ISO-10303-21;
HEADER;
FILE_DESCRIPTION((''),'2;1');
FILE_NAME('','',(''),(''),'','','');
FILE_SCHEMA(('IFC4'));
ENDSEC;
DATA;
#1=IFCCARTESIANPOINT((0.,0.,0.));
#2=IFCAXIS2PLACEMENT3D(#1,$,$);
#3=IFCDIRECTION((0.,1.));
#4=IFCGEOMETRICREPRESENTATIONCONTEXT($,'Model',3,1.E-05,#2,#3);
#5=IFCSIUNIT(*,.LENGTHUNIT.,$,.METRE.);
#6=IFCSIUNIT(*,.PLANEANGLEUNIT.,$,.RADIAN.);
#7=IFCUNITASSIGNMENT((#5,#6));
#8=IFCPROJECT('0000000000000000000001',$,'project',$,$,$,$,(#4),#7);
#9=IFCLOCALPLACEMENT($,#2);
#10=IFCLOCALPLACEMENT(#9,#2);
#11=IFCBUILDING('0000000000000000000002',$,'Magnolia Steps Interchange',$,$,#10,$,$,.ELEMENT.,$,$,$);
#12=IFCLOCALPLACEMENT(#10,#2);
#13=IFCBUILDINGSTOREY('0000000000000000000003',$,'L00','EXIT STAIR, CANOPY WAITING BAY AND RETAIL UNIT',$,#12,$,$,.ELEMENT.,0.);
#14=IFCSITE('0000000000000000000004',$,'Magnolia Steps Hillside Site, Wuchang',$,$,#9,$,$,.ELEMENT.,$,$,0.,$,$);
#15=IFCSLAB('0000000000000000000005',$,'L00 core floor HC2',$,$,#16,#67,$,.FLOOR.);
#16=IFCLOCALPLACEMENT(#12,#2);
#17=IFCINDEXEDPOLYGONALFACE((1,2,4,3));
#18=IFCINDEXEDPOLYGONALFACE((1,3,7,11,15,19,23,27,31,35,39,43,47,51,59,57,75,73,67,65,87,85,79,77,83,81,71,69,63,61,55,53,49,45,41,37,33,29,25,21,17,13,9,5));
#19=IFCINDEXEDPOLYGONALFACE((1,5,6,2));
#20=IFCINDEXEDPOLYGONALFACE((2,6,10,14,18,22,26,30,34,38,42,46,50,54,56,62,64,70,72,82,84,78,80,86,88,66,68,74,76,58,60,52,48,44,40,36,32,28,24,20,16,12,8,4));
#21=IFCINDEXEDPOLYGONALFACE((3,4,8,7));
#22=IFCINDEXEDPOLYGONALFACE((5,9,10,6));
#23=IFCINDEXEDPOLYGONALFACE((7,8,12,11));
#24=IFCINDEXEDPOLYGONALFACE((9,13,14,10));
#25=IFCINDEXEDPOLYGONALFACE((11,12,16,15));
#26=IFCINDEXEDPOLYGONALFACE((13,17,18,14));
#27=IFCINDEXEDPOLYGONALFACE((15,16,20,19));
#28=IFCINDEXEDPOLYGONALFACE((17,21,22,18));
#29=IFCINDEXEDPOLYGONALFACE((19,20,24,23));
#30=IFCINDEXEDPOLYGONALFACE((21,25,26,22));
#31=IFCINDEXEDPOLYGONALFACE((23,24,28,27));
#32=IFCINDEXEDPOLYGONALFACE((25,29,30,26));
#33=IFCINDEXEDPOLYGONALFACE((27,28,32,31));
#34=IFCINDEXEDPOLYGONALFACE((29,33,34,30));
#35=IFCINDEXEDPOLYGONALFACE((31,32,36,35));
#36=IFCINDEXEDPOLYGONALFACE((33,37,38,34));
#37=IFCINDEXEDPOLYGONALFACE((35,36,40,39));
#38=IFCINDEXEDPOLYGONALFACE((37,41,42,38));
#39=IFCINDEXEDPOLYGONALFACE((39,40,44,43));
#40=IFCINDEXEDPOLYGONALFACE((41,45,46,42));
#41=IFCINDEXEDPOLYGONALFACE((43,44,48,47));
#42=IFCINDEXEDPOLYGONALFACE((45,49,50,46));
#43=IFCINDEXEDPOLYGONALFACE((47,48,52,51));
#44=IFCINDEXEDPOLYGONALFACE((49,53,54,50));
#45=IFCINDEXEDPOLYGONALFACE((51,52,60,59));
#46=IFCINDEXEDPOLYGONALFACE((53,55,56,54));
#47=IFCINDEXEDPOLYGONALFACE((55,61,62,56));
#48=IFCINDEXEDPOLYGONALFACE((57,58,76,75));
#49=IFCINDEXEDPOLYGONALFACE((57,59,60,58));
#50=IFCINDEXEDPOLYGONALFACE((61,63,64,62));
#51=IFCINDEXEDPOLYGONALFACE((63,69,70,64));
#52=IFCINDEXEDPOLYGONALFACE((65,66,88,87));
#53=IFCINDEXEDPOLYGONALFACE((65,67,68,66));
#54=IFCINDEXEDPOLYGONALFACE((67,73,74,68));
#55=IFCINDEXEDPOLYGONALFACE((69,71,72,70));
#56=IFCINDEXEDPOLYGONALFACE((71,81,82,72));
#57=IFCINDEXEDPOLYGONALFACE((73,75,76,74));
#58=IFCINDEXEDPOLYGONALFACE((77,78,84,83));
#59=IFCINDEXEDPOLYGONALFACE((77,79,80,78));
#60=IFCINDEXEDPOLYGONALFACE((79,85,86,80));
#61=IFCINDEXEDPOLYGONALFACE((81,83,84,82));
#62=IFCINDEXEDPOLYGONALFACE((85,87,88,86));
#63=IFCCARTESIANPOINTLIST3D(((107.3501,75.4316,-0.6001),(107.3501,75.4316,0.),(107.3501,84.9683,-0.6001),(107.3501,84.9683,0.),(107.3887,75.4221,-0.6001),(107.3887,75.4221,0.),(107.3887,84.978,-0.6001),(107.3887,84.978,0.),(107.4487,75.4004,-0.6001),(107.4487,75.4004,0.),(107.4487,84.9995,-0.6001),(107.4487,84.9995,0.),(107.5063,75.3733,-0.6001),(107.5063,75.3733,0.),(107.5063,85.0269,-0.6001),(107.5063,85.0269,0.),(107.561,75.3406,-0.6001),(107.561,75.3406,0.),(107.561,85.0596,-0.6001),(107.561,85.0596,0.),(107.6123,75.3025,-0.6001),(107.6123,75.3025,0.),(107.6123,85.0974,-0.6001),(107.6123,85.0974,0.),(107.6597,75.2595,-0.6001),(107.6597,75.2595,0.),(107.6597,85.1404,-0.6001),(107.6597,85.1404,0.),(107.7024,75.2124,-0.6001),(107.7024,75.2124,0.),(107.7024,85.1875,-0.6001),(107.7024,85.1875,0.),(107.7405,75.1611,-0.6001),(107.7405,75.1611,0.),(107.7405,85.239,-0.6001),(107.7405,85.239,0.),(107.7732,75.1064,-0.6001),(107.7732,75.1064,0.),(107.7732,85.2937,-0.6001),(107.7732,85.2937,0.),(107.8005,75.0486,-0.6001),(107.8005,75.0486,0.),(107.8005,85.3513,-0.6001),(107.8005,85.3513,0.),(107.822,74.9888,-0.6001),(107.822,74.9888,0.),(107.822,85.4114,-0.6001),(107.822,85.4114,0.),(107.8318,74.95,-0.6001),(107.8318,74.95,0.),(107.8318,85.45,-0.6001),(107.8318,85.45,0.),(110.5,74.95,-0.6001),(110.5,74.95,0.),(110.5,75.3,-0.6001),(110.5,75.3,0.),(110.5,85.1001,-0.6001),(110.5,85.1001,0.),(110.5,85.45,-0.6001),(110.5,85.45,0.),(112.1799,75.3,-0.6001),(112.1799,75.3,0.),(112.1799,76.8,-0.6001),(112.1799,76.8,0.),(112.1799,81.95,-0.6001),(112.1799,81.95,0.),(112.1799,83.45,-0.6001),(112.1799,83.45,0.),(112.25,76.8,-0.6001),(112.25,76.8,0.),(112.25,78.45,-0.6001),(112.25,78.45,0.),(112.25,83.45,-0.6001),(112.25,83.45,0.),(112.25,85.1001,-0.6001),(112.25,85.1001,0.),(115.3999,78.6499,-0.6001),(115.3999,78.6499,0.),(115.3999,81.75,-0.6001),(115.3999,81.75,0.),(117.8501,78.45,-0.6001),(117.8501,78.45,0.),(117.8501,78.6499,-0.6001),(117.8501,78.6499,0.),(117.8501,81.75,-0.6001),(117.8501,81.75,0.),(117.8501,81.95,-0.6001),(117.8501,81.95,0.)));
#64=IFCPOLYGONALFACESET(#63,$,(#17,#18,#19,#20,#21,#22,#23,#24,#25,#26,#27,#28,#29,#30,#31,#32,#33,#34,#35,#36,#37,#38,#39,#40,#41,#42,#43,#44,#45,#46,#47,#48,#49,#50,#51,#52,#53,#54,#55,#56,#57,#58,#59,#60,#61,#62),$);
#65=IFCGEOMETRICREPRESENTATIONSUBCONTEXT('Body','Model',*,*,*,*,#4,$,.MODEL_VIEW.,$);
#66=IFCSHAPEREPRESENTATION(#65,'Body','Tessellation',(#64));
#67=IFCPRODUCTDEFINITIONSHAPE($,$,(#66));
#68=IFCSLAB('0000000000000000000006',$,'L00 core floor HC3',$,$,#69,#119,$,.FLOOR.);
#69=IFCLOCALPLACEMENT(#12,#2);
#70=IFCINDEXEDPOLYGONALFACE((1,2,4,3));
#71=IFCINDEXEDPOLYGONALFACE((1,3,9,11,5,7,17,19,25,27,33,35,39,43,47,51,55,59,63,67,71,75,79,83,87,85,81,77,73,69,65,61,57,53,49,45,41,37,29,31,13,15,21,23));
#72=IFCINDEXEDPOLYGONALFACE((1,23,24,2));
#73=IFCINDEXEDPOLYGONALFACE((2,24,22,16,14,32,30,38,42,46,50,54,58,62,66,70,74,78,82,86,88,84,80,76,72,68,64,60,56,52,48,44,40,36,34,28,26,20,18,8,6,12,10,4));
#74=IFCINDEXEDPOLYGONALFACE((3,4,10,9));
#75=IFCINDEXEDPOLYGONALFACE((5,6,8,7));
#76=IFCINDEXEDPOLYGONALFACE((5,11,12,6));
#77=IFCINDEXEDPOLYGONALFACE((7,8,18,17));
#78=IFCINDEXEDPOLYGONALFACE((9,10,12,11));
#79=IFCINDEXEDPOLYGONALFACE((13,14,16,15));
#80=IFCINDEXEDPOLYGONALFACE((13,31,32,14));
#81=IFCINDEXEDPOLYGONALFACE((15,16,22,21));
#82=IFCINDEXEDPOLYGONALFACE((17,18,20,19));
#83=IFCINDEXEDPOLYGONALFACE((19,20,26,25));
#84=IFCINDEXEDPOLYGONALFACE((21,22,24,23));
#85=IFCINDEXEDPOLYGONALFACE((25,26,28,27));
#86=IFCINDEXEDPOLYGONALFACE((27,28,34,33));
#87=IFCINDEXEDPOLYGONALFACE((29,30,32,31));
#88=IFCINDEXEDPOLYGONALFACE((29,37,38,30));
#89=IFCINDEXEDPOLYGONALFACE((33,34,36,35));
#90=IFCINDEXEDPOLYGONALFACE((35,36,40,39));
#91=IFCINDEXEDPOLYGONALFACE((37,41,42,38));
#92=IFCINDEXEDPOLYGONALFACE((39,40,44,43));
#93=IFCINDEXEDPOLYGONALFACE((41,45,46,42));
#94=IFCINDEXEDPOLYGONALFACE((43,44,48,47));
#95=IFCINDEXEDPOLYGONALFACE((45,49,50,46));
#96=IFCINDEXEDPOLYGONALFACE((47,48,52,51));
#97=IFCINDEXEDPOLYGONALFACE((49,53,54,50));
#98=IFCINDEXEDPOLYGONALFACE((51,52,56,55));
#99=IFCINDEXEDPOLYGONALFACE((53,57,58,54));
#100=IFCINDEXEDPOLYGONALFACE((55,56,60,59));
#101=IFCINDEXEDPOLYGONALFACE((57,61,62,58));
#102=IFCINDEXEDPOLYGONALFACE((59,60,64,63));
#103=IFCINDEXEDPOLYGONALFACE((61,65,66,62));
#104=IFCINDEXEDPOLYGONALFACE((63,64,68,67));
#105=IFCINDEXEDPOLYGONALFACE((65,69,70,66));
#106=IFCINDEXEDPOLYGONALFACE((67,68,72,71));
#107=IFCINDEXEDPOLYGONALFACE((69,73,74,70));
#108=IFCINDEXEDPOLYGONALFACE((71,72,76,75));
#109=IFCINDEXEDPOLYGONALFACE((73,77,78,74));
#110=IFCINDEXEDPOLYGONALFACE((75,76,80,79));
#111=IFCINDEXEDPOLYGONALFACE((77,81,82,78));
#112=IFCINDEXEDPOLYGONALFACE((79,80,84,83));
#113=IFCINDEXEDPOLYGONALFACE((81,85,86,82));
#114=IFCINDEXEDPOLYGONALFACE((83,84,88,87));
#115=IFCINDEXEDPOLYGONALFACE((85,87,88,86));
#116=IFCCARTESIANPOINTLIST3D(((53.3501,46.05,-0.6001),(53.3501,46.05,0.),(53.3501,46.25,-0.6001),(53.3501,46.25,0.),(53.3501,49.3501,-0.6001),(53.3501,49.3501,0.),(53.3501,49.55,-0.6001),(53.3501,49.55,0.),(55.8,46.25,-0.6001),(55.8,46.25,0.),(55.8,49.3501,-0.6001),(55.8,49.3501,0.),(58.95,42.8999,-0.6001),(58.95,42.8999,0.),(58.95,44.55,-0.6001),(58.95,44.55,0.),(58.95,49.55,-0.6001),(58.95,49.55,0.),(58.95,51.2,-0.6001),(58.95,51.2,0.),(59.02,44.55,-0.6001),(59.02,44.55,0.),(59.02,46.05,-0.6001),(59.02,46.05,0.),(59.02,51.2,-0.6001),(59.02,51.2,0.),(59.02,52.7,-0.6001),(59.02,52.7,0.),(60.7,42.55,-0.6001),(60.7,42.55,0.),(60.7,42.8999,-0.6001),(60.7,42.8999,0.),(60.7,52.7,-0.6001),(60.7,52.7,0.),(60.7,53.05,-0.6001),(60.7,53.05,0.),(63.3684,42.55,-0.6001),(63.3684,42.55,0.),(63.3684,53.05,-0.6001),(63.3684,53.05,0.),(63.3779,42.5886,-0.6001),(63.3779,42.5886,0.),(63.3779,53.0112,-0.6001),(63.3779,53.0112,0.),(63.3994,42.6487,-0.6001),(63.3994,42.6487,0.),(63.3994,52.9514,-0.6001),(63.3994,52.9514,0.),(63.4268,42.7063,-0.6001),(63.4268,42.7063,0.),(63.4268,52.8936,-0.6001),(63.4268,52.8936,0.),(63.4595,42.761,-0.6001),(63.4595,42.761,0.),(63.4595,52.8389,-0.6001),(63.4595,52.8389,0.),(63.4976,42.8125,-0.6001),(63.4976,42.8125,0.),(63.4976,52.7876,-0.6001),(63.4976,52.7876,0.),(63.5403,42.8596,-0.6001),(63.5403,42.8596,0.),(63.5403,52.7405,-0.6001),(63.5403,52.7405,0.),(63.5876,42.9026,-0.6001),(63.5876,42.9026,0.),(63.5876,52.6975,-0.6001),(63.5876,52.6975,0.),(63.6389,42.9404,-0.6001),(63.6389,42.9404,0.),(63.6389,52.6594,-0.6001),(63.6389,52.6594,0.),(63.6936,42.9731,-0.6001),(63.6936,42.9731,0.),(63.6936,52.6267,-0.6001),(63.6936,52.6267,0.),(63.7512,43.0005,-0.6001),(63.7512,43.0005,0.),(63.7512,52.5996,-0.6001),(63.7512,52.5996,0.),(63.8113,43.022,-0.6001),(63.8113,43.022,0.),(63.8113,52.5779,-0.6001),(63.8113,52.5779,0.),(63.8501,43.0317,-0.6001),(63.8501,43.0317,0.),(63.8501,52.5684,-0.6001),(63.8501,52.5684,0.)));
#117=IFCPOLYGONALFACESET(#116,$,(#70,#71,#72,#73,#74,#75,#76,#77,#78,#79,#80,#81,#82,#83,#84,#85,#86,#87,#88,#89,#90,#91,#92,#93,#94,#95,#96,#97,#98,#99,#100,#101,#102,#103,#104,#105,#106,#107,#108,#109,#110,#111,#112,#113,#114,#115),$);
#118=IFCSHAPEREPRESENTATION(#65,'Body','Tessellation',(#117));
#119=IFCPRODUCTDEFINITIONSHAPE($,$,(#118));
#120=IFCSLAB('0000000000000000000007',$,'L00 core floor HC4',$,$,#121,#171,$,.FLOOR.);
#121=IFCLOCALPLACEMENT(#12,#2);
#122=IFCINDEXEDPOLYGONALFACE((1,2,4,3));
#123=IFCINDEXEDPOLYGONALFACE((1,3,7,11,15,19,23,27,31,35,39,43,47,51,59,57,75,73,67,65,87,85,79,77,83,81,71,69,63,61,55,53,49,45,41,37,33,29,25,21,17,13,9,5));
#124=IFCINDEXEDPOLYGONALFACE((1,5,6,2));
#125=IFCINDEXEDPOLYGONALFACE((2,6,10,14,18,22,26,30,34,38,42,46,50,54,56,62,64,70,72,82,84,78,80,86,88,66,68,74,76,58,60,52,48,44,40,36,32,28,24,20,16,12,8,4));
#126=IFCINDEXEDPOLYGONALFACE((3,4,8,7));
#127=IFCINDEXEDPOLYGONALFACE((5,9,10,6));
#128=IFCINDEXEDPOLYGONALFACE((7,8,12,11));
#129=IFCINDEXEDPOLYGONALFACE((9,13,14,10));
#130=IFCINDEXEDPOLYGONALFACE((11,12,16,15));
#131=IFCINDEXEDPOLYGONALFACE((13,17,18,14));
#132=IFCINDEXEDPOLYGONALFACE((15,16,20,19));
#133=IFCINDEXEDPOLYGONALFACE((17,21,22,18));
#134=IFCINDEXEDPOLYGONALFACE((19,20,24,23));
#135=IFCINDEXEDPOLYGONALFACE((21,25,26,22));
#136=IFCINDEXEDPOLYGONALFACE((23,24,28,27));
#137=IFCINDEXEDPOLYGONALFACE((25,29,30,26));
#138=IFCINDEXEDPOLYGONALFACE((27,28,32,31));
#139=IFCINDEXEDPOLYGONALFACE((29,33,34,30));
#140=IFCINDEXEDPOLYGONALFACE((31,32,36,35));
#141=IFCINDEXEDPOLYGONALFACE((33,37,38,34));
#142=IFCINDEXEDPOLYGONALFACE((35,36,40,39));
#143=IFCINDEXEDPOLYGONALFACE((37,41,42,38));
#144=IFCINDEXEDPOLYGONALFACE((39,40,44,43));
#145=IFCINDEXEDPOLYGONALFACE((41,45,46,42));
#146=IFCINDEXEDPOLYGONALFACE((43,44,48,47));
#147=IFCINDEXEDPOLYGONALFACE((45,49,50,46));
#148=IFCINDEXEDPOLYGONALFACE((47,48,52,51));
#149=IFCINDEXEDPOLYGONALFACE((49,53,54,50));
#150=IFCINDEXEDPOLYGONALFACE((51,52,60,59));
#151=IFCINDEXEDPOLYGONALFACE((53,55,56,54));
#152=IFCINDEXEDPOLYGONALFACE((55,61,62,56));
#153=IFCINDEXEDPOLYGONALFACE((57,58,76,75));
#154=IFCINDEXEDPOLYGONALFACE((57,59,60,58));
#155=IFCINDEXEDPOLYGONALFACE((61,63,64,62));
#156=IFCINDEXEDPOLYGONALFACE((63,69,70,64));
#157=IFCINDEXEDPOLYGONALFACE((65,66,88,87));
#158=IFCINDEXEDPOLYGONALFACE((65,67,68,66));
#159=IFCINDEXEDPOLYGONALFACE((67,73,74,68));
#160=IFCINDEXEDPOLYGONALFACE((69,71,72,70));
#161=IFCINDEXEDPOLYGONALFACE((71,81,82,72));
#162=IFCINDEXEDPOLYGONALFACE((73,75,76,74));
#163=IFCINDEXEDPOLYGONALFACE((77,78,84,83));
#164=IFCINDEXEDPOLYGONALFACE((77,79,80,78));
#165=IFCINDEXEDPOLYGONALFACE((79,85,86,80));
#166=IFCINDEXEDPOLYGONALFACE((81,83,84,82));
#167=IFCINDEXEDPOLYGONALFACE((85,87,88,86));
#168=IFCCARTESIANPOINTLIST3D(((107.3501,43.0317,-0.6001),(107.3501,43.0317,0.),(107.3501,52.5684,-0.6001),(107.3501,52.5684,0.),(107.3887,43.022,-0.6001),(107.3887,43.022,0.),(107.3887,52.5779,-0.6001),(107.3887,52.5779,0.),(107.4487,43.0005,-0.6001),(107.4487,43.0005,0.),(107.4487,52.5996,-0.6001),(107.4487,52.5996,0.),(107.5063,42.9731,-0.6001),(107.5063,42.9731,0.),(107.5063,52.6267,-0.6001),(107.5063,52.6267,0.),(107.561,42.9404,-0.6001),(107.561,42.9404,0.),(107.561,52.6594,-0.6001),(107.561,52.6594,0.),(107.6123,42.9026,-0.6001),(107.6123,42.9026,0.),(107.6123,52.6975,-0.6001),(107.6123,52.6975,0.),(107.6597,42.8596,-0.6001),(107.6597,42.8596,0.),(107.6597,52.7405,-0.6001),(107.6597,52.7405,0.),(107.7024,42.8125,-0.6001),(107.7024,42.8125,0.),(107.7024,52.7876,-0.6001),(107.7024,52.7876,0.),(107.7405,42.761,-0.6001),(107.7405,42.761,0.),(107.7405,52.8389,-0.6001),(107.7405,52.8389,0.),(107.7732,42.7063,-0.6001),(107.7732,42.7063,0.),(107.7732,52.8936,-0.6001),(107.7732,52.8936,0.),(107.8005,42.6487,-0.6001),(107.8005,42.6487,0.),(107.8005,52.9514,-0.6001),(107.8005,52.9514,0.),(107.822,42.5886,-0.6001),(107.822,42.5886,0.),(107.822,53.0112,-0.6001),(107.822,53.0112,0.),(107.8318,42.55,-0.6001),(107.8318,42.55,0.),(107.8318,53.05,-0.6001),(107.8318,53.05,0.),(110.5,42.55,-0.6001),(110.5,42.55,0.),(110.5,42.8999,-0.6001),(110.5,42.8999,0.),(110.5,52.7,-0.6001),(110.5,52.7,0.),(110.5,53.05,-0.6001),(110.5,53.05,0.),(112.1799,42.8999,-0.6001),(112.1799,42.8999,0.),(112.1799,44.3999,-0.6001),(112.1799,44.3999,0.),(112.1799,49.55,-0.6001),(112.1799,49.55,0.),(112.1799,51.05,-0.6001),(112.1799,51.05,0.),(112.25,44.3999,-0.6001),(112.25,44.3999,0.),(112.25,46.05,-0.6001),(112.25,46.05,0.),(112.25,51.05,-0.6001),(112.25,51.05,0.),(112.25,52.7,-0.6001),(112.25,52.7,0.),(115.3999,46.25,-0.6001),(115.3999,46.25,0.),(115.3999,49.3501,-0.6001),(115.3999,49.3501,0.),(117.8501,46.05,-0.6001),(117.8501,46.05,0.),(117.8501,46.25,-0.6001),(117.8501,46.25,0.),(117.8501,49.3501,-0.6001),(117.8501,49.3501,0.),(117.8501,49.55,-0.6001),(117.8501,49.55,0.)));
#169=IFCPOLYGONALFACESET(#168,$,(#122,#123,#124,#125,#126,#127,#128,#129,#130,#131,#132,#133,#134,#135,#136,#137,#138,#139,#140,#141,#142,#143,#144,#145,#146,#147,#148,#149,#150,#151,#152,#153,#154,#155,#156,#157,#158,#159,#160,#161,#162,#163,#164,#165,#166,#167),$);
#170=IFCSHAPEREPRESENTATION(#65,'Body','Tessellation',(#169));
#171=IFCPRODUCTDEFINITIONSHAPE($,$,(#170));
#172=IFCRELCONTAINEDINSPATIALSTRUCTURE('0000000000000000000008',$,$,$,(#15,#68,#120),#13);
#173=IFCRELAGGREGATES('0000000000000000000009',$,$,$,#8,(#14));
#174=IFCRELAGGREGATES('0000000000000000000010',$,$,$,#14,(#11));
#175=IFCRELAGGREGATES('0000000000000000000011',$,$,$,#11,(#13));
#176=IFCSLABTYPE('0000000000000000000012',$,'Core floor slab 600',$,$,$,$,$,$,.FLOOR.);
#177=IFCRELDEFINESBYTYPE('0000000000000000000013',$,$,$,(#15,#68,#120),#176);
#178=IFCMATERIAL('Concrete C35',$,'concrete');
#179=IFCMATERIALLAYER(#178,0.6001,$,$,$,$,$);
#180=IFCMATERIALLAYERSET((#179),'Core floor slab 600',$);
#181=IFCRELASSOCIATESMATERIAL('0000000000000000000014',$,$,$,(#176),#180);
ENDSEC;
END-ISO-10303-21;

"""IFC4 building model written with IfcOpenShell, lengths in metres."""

from ifc_helpers import new_model, si_unit, direction, frame, origin, place, context, subcontext, project, spatial, polyline, outline, extrude, material, layer, layer_set, type_object, element, save


model = new_model("IFC4")

# Units and contexts
model_context = context("Model", 3, precision=1e-05, world=origin(), true_north=direction((0.0, 1.0)))
body_context = subcontext(model_context, "Body", "Model", "MODEL_VIEW")
ifc_project = project(units=[si_unit("LENGTHUNIT", "METRE"), si_unit("PLANEANGLEUNIT", "RADIAN")], contexts=[model_context])

# Site, building, storey
site_placement = place(None, origin())
site = spatial("IfcSite", under=ifc_project, at=site_placement, Name="Magnolia Steps Hillside Site, Wuchang", CompositionType="ELEMENT", RefElevation=0.0)
building_placement = place(site_placement, origin())
building = spatial("IfcBuilding", under=site, at=building_placement, Name="Magnolia Steps Interchange", CompositionType="ELEMENT")
storey_placement = place(building_placement, origin())
storey = spatial("IfcBuildingStorey", under=building, at=storey_placement, Name="L00", Description="EXIT STAIR, CANOPY WAITING BAY AND RETAIL UNIT", CompositionType="ELEMENT", Elevation=0.0)

# Slabs
ifc_material_1 = material(Name="Concrete C35", Category="concrete")
ifc_layer_1 = layer(ifc_material_1, 0.6001)
ifc_layer_set_1 = layer_set([ifc_layer_1], Name="Core floor slab 600")
slab_type_1 = type_object("IfcSlabType", Name="Core floor slab 600", PredefinedType="FLOOR", material=ifc_layer_set_1)
slab_1_placement = place(storey_placement, frame((0.0, 0.0, -0.6001)))
element("IfcSlab", 1, at=slab_1_placement, inside=storey, type_object=slab_type_1, Name="L00 core floor HC2", PredefinedType="FLOOR", context=body_context, shape_type="SweptSolid", body=[
    extrude(outline(polyline([(107.3501, 84.9683), (107.3887, 84.978), (107.4487, 84.9995), (107.5063, 85.0269), (107.561, 85.0596), (107.6123, 85.0974), (107.6597, 85.1404), (107.7024, 85.1875), (107.7405, 85.239), (107.7732, 85.2937), (107.8005, 85.3513), (107.822, 85.4114), (107.8318, 85.45), (110.5, 85.45), (110.5, 85.1001), (112.25, 85.1001), (112.25, 83.45), (112.1799, 83.45), (112.1799, 81.95), (117.8501, 81.95), (117.8501, 81.75), (115.3999, 81.75), (115.3999, 78.6499), (117.8501, 78.6499), (117.8501, 78.45), (112.25, 78.45), (112.25, 76.8), (112.1799, 76.8), (112.1799, 75.3), (110.5, 75.3), (110.5, 74.95), (107.8318, 74.95), (107.822, 74.9888), (107.8005, 75.0486), (107.7732, 75.1064), (107.7405, 75.1611), (107.7024, 75.2124), (107.6597, 75.2595), (107.6123, 75.3025), (107.561, 75.3406), (107.5063, 75.3733), (107.4487, 75.4004), (107.3887, 75.4221), (107.3501, 75.4316), (107.3501, 84.9683)])), origin(), (0.0, 0.0, 1.0), 0.6001),
])
slab_2_placement = place(storey_placement, frame((0.0, 0.0, -0.6001)))
element("IfcSlab", 2, at=slab_2_placement, inside=storey, type_object=slab_type_1, Name="L00 core floor HC3", PredefinedType="FLOOR", context=body_context, shape_type="SweptSolid", body=[
    extrude(outline(polyline([(58.95, 42.8999), (58.95, 44.55), (59.02, 44.55), (59.02, 46.05), (53.3501, 46.05), (53.3501, 46.25), (55.8, 46.25), (55.8, 49.3501), (53.3501, 49.3501), (53.3501, 49.55), (58.95, 49.55), (58.95, 51.2), (59.02, 51.2), (59.02, 52.7), (60.7, 52.7), (60.7, 53.05), (63.3684, 53.05), (63.3779, 53.0112), (63.3994, 52.9514), (63.4268, 52.8936), (63.4595, 52.8389), (63.4976, 52.7876), (63.5403, 52.7405), (63.5876, 52.6975), (63.6389, 52.6594), (63.6936, 52.6267), (63.7512, 52.5996), (63.8113, 52.5779), (63.8501, 52.5684), (63.8501, 43.0317), (63.8113, 43.022), (63.7512, 43.0005), (63.6936, 42.9731), (63.6389, 42.9404), (63.5876, 42.9026), (63.5403, 42.8596), (63.4976, 42.8125), (63.4595, 42.761), (63.4268, 42.7063), (63.3994, 42.6487), (63.3779, 42.5886), (63.3684, 42.55), (60.7, 42.55), (60.7, 42.8999), (58.95, 42.8999)])), origin(), (0.0, 0.0, 1.0), 0.6001),
])
slab_3_placement = place(storey_placement, frame((0.0, 0.0, -0.6001)))
element("IfcSlab", 3, at=slab_3_placement, inside=storey, type_object=slab_type_1, Name="L00 core floor HC4", PredefinedType="FLOOR", context=body_context, shape_type="SweptSolid", body=[
    extrude(outline(polyline([(107.3887, 52.5779), (107.4487, 52.5996), (107.5063, 52.6267), (107.561, 52.6594), (107.6123, 52.6975), (107.6597, 52.7405), (107.7024, 52.7876), (107.7405, 52.8389), (107.7732, 52.8936), (107.8005, 52.9514), (107.822, 53.0112), (107.8318, 53.05), (110.5, 53.05), (110.5, 52.7), (112.25, 52.7), (112.25, 51.05), (112.1799, 51.05), (112.1799, 49.55), (117.8501, 49.55), (117.8501, 49.3501), (115.3999, 49.3501), (115.3999, 46.25), (117.8501, 46.25), (117.8501, 46.05), (112.25, 46.05), (112.25, 44.3999), (112.1799, 44.3999), (112.1799, 42.8999), (110.5, 42.8999), (110.5, 42.55), (107.8318, 42.55), (107.822, 42.5886), (107.8005, 42.6487), (107.7732, 42.7063), (107.7405, 42.761), (107.7024, 42.8125), (107.6597, 42.8596), (107.6123, 42.9026), (107.561, 42.9404), (107.5063, 42.9731), (107.4487, 43.0005), (107.3887, 43.022), (107.3501, 43.0317), (107.3501, 52.5684), (107.3887, 52.5779)])), origin(), (0.0, 0.0, 1.0), 0.6001),
])

save(model, "model.ifc")
